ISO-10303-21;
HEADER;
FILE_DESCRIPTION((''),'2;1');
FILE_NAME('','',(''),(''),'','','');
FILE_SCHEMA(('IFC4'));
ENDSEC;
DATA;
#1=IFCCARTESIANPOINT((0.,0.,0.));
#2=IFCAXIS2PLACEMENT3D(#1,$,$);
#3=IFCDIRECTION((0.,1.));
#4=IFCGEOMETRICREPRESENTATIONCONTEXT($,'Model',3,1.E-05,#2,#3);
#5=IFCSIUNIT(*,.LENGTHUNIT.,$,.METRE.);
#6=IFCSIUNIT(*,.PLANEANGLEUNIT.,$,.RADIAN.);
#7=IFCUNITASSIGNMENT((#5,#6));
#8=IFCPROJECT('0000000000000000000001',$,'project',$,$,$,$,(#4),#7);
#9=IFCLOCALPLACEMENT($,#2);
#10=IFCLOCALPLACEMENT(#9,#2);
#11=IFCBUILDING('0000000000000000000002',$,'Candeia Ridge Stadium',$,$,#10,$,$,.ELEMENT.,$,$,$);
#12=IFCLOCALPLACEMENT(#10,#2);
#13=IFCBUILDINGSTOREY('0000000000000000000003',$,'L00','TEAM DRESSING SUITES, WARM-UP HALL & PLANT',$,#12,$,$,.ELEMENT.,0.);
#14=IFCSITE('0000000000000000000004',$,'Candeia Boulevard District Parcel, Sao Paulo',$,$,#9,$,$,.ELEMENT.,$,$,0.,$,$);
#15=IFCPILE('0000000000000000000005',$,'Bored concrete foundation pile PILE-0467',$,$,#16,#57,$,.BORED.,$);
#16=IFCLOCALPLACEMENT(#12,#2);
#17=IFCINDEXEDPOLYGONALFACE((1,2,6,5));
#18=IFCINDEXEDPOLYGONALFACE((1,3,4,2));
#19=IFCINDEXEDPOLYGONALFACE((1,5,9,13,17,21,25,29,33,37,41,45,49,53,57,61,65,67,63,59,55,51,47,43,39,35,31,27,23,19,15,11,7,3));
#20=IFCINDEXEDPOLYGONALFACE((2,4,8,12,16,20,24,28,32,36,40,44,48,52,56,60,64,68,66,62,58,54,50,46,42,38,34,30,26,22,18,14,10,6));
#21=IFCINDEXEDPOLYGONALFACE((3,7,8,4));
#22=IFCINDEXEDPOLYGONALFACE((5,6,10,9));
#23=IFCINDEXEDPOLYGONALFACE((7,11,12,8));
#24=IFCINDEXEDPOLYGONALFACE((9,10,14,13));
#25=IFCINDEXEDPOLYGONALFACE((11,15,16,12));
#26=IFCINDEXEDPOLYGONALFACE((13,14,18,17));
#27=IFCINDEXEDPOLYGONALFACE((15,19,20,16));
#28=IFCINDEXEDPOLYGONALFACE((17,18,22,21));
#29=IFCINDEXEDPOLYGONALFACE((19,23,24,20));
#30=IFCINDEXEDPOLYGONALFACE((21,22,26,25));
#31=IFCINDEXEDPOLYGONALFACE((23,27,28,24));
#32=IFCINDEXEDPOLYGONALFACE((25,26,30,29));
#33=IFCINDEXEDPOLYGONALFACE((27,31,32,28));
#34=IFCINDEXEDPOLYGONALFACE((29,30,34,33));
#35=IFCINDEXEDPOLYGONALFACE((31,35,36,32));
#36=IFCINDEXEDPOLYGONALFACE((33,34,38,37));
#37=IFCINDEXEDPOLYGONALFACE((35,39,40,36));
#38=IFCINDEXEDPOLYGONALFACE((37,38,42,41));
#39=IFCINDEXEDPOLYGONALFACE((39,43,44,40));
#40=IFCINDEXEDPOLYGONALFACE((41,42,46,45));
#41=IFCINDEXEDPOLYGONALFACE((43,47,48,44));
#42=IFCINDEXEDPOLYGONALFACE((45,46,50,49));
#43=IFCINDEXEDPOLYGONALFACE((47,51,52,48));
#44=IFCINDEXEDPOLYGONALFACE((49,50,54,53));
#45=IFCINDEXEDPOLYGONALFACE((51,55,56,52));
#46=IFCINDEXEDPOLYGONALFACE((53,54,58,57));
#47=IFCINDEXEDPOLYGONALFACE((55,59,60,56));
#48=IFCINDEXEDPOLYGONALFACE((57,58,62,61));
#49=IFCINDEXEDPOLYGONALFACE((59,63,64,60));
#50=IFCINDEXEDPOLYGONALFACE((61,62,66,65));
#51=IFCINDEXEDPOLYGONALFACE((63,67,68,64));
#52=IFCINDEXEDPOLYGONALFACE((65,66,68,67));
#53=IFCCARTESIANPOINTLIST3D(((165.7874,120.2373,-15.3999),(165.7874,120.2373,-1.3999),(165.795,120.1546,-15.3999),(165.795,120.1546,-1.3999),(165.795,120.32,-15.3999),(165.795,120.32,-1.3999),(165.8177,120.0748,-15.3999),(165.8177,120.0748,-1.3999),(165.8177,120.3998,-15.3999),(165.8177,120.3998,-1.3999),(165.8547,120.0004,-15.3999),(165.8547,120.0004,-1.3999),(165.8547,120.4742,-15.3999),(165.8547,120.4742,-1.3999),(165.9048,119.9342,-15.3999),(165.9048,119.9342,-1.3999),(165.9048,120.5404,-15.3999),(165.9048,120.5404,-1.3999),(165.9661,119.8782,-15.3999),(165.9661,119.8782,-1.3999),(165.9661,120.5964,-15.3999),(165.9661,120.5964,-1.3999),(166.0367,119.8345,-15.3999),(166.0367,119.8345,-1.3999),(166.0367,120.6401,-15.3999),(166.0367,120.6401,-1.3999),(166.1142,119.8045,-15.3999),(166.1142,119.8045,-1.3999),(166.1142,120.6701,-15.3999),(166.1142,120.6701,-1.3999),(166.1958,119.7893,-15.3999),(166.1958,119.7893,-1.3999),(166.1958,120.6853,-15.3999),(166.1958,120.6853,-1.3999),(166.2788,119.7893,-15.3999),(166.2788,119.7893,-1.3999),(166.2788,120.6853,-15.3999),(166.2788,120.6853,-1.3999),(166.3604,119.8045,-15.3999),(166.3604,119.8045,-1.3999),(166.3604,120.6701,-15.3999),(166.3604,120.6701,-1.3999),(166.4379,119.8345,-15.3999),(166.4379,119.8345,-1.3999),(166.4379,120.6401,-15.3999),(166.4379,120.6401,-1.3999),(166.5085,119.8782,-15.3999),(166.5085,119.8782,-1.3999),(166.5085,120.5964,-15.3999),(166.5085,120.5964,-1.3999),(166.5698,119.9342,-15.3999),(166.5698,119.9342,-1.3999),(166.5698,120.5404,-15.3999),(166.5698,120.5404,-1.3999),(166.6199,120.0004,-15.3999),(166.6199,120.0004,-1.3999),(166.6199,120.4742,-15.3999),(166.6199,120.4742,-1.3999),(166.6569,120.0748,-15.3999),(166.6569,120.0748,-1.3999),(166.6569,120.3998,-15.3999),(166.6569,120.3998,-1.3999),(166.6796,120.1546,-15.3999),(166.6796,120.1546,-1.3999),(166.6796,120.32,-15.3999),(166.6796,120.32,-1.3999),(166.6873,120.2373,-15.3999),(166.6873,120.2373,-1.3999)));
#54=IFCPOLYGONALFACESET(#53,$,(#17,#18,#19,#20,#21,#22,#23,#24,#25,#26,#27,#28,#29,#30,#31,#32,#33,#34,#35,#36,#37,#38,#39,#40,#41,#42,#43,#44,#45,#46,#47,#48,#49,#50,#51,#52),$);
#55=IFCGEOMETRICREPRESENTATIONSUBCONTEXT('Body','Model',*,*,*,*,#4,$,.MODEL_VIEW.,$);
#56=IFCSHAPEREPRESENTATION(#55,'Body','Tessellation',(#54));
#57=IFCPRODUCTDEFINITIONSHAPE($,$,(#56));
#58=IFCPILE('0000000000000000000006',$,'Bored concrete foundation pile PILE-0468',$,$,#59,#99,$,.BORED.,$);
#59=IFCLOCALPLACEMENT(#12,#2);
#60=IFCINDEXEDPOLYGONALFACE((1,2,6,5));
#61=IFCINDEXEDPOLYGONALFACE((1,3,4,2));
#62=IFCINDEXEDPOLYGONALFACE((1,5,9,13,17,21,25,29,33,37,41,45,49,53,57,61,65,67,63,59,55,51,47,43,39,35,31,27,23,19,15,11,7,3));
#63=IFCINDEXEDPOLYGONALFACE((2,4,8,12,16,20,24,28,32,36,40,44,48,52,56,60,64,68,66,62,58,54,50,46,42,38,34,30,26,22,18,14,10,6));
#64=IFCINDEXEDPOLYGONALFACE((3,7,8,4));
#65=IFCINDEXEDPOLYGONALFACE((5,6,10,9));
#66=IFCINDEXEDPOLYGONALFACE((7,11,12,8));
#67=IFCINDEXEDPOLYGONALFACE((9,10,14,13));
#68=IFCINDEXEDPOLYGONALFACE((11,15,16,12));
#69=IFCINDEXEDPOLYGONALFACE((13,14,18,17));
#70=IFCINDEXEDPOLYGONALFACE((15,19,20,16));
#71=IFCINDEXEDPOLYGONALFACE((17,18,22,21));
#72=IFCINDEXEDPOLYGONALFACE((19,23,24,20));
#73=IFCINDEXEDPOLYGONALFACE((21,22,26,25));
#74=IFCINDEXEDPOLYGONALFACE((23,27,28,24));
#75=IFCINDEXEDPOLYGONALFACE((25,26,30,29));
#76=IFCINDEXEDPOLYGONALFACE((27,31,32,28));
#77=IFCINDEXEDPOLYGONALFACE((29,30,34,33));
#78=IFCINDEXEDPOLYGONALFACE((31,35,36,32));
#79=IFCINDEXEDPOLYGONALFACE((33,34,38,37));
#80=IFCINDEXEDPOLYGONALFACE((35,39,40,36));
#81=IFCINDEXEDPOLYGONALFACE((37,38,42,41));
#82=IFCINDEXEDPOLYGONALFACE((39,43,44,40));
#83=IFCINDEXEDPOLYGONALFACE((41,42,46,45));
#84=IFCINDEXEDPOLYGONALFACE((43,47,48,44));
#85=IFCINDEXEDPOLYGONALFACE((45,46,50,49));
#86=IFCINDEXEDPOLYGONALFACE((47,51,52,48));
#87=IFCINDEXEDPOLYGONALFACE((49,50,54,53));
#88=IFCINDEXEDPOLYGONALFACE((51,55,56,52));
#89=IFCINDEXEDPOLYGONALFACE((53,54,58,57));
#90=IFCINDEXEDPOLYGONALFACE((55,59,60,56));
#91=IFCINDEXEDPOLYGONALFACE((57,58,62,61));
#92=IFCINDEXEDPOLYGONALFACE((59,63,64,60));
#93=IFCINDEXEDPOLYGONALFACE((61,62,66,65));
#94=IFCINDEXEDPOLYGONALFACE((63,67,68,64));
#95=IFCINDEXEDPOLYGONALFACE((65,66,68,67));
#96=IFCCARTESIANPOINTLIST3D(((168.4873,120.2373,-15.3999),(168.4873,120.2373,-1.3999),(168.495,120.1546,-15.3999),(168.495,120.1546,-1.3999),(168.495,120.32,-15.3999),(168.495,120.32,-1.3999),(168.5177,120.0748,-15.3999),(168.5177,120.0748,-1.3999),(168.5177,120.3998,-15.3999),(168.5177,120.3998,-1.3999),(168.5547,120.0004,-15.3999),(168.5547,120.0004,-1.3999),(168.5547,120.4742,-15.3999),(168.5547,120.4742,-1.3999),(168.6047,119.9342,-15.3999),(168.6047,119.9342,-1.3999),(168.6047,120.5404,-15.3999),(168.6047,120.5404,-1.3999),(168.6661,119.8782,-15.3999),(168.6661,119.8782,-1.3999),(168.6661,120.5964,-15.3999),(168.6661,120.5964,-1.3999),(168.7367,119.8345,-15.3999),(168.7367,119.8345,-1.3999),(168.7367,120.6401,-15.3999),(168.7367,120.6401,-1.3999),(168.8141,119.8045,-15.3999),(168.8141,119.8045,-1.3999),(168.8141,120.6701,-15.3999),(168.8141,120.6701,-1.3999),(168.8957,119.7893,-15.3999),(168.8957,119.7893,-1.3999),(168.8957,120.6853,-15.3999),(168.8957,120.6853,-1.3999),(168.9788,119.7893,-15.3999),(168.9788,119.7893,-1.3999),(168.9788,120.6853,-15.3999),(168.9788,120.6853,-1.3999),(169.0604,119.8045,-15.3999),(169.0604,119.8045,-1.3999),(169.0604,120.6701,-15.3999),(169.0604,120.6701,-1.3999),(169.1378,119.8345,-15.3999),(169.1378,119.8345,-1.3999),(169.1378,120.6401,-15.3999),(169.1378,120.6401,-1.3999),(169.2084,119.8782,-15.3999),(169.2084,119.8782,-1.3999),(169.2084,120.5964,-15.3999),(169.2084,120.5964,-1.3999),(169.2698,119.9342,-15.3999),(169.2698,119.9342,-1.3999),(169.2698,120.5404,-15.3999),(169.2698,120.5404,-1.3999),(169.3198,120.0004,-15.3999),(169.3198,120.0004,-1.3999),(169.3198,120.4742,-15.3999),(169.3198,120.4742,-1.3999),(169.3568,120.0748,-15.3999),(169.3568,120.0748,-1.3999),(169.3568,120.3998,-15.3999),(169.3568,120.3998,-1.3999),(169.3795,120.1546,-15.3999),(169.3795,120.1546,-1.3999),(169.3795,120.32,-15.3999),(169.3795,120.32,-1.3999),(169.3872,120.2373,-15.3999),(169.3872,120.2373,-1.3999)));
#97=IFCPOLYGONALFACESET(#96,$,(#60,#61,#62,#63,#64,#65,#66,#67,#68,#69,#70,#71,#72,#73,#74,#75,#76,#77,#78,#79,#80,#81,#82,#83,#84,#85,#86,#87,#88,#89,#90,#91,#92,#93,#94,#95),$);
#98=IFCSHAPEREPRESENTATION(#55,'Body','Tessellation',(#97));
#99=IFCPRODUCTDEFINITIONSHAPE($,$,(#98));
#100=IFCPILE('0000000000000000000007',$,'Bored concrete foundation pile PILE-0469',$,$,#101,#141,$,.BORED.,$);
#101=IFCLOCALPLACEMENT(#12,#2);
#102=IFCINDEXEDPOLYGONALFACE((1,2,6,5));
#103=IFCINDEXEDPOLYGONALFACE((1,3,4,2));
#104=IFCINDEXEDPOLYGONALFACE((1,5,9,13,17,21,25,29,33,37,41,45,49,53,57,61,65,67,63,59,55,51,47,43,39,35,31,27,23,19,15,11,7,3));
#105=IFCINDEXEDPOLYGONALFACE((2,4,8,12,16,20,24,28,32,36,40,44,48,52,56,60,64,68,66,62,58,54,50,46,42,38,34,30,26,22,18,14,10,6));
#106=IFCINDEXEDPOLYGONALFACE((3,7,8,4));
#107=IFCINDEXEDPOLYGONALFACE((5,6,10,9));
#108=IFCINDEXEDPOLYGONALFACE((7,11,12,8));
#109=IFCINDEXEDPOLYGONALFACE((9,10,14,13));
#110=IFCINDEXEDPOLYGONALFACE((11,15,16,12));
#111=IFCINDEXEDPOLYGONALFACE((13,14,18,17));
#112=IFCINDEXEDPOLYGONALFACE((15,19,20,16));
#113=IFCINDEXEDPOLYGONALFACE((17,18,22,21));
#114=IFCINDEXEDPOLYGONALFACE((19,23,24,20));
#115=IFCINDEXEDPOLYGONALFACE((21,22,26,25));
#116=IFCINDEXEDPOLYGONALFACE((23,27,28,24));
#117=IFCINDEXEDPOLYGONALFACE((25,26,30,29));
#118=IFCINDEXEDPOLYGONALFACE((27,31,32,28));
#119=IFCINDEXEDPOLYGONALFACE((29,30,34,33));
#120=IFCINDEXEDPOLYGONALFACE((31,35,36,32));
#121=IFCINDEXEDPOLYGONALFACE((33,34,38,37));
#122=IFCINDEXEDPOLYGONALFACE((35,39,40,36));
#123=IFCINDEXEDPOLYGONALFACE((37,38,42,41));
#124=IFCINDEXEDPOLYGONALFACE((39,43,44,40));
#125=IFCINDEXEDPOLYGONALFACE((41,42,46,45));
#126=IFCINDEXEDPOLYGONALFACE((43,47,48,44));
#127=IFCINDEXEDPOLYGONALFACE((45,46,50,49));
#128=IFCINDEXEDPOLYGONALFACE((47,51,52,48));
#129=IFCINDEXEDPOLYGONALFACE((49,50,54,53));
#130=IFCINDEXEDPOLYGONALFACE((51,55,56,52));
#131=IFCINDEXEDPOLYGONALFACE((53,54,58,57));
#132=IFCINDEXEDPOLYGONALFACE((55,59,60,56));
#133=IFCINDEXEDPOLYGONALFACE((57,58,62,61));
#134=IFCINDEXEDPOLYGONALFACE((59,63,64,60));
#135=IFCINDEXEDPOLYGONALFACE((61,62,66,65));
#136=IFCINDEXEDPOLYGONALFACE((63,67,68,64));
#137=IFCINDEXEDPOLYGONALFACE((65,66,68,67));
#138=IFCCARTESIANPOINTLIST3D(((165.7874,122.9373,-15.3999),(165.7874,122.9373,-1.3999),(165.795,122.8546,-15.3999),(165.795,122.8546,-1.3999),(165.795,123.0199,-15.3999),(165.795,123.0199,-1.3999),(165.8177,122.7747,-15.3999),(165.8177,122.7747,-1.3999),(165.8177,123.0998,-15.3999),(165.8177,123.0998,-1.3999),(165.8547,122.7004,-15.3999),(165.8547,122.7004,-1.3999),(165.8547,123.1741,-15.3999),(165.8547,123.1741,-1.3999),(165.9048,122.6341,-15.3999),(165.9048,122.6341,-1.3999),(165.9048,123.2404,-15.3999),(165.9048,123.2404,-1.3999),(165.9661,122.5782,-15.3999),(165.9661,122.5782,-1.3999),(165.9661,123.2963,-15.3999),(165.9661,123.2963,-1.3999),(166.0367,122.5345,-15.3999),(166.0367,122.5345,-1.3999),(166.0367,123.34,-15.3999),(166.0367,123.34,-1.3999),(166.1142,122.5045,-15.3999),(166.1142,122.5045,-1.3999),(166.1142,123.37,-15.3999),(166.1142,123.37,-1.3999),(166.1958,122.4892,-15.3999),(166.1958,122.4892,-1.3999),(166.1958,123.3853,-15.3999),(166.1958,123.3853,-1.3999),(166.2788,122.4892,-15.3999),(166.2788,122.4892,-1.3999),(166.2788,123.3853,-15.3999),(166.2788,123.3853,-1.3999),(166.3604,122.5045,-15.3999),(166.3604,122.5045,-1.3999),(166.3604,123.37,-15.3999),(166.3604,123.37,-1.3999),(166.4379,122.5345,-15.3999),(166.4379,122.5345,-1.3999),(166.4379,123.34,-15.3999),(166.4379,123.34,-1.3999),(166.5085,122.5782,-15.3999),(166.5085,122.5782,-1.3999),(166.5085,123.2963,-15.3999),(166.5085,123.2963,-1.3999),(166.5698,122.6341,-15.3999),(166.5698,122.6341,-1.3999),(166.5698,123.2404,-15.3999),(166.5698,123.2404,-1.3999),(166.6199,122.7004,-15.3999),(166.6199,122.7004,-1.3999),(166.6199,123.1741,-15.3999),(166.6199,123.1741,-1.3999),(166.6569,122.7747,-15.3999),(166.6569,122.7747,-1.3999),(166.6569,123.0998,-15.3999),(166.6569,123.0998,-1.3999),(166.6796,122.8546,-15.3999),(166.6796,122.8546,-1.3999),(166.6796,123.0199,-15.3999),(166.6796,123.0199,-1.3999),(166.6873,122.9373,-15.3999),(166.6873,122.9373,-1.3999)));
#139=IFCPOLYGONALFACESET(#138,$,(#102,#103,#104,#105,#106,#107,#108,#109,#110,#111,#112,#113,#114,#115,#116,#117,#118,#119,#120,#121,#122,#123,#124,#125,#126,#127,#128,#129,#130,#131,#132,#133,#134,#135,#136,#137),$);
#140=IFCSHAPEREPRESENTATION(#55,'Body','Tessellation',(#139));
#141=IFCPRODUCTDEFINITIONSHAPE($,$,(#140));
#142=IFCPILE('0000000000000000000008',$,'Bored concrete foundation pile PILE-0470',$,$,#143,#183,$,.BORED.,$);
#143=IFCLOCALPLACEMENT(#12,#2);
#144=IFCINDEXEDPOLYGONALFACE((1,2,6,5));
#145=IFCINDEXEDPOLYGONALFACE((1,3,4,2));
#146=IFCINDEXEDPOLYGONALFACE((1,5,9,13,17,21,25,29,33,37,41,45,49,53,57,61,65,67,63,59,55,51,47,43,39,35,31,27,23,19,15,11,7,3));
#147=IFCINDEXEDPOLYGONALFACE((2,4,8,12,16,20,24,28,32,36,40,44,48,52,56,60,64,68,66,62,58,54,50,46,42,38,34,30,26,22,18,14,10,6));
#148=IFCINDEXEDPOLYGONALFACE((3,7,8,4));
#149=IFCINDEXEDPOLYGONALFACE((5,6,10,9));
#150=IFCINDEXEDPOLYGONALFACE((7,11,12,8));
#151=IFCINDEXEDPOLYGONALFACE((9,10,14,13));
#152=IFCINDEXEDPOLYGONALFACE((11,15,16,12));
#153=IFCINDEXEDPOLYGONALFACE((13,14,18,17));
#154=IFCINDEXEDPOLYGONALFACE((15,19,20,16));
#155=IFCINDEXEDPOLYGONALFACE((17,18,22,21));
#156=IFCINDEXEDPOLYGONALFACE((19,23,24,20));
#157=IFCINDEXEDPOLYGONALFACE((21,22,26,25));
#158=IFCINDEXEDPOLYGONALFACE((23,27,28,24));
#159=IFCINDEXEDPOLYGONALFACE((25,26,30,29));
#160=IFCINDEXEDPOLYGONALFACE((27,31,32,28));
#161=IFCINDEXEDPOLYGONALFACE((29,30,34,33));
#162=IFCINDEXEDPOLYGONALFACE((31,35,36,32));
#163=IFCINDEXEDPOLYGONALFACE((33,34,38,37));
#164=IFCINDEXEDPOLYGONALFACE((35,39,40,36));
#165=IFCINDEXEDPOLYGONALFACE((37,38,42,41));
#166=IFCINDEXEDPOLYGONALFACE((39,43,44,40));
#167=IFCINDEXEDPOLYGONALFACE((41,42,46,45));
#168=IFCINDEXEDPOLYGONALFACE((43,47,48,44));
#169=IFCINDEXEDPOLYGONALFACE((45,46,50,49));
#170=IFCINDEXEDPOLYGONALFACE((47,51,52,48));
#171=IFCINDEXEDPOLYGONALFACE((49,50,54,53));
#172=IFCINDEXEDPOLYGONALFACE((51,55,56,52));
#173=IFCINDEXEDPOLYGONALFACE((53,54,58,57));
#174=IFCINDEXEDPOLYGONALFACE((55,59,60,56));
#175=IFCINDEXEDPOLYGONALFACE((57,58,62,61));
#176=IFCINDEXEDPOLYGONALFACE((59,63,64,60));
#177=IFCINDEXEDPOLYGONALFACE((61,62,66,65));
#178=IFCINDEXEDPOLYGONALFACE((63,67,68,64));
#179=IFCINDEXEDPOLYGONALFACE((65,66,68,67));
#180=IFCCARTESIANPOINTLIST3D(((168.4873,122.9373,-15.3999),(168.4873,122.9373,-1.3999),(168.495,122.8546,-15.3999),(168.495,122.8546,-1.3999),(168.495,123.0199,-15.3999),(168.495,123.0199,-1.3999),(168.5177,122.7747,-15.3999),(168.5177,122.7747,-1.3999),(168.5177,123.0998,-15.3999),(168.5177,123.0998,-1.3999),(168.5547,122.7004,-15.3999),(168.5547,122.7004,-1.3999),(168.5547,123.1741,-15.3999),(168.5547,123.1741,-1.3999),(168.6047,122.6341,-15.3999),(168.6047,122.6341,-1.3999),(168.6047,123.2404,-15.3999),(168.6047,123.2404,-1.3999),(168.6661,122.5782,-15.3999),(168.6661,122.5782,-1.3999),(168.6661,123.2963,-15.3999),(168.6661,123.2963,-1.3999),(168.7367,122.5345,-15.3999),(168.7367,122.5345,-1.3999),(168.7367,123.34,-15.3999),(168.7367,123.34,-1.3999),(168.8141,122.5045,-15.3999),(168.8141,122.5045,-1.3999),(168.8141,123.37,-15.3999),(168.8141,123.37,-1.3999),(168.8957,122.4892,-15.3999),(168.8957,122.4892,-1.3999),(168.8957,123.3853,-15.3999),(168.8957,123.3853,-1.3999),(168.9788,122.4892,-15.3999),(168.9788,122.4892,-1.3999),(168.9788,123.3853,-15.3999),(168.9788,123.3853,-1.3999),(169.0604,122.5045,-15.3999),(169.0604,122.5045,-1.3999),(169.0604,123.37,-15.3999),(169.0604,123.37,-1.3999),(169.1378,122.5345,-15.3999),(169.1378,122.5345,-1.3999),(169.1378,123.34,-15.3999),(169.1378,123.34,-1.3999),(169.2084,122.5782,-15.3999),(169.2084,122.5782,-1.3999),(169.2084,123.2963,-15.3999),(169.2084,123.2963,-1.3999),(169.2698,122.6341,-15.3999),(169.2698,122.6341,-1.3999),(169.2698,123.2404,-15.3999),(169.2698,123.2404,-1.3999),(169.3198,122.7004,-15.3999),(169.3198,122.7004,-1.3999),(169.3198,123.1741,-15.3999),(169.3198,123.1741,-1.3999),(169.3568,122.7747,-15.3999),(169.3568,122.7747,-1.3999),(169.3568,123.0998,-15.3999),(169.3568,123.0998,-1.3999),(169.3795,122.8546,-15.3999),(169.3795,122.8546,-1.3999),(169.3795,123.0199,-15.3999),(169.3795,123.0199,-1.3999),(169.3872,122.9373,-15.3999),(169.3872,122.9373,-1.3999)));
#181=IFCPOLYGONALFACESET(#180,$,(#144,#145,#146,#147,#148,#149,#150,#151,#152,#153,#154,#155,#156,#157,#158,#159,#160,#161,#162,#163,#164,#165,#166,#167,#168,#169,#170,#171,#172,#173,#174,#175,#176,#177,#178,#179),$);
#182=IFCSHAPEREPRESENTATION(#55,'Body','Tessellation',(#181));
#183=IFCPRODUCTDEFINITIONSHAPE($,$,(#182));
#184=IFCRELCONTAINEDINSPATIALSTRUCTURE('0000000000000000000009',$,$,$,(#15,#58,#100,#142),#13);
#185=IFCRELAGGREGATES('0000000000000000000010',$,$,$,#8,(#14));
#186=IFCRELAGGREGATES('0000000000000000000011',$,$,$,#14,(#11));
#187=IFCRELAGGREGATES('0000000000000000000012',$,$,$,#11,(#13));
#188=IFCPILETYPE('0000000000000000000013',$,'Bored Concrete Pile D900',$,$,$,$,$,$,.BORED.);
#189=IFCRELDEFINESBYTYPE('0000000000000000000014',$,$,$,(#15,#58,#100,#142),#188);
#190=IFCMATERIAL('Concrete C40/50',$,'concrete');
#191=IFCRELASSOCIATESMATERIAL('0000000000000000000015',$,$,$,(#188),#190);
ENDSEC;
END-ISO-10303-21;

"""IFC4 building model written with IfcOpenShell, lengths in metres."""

from ifc_helpers import new_model, si_unit, direction, frame, origin, origin_2d, place, context, subcontext, project, spatial, circle, extrude, material, material_profile, profile_set, type_object, element, save


model = new_model("IFC4")

# Units and contexts
model_context = context("Model", 3, precision=1e-05, world=origin(), true_north=direction((0.0, 1.0)))
body_context = subcontext(model_context, "Body", "Model", "MODEL_VIEW")
ifc_project = project(units=[si_unit("LENGTHUNIT", "METRE"), si_unit("PLANEANGLEUNIT", "RADIAN")], contexts=[model_context])

# Site, building, storey
site_placement = place(None, origin())
site = spatial("IfcSite", under=ifc_project, at=site_placement, Name="Candeia Boulevard District Parcel, Sao Paulo", CompositionType="ELEMENT", RefElevation=0.0)
building_placement = place(site_placement, origin())
building = spatial("IfcBuilding", under=site, at=building_placement, Name="Candeia Ridge Stadium", CompositionType="ELEMENT")
storey_placement = place(building_placement, origin())
storey = spatial("IfcBuildingStorey", under=building, at=storey_placement, Name="L00", Description="TEAM DRESSING SUITES, WARM-UP HALL & PLANT", CompositionType="ELEMENT", Elevation=0.0)

# Piles
ifc_material_1 = material(Name="Concrete C40/50", Category="concrete")
ifc_material_profile_1 = material_profile(ifc_material_1, circle(Radius=0.45, at=origin_2d()), Name="PILE-D900", Category="concrete")
ifc_profile_set_1 = profile_set([ifc_material_profile_1], Name="Concrete C40/50")
pile_type_1 = type_object("IfcPileType", Name="Bored Concrete Pile D900", PredefinedType="BORED", material=ifc_profile_set_1)
for number, where, z_axis, x_axis, name in (
    (1, (166.2373, 120.2373, -1.3999), (0.0, 0.0, -1.0), (1.0, 0.0, 0.0), "Bored concrete foundation pile PILE-0467"),
    (2, (168.9373, 120.2373, -1.3999), (0.0, 0.0, -1.0), (1.0, 0.0, 0.0), "Bored concrete foundation pile PILE-0468"),
    (3, (166.2373, 122.9373, -1.3999), (0.0, 0.0, -1.0), (1.0, 0.0, 0.0), "Bored concrete foundation pile PILE-0469"),
    (4, (168.9373, 122.9373, -1.3999), (0.0, 0.0, -1.0), (1.0, 0.0, 0.0), "Bored concrete foundation pile PILE-0470"),
):
    element("IfcPile", number, at=place(storey_placement, frame(where, z_axis=z_axis, x_axis=x_axis)), inside=storey, type_object=pile_type_1, Name=name, PredefinedType="BORED", context=body_context, shape_type="SweptSolid", body=[
        extrude(circle(Radius=0.45, at=origin_2d()), origin(), (0.0, 0.0, 1.0), 14.0),
    ])

save(model, "model.ifc")
